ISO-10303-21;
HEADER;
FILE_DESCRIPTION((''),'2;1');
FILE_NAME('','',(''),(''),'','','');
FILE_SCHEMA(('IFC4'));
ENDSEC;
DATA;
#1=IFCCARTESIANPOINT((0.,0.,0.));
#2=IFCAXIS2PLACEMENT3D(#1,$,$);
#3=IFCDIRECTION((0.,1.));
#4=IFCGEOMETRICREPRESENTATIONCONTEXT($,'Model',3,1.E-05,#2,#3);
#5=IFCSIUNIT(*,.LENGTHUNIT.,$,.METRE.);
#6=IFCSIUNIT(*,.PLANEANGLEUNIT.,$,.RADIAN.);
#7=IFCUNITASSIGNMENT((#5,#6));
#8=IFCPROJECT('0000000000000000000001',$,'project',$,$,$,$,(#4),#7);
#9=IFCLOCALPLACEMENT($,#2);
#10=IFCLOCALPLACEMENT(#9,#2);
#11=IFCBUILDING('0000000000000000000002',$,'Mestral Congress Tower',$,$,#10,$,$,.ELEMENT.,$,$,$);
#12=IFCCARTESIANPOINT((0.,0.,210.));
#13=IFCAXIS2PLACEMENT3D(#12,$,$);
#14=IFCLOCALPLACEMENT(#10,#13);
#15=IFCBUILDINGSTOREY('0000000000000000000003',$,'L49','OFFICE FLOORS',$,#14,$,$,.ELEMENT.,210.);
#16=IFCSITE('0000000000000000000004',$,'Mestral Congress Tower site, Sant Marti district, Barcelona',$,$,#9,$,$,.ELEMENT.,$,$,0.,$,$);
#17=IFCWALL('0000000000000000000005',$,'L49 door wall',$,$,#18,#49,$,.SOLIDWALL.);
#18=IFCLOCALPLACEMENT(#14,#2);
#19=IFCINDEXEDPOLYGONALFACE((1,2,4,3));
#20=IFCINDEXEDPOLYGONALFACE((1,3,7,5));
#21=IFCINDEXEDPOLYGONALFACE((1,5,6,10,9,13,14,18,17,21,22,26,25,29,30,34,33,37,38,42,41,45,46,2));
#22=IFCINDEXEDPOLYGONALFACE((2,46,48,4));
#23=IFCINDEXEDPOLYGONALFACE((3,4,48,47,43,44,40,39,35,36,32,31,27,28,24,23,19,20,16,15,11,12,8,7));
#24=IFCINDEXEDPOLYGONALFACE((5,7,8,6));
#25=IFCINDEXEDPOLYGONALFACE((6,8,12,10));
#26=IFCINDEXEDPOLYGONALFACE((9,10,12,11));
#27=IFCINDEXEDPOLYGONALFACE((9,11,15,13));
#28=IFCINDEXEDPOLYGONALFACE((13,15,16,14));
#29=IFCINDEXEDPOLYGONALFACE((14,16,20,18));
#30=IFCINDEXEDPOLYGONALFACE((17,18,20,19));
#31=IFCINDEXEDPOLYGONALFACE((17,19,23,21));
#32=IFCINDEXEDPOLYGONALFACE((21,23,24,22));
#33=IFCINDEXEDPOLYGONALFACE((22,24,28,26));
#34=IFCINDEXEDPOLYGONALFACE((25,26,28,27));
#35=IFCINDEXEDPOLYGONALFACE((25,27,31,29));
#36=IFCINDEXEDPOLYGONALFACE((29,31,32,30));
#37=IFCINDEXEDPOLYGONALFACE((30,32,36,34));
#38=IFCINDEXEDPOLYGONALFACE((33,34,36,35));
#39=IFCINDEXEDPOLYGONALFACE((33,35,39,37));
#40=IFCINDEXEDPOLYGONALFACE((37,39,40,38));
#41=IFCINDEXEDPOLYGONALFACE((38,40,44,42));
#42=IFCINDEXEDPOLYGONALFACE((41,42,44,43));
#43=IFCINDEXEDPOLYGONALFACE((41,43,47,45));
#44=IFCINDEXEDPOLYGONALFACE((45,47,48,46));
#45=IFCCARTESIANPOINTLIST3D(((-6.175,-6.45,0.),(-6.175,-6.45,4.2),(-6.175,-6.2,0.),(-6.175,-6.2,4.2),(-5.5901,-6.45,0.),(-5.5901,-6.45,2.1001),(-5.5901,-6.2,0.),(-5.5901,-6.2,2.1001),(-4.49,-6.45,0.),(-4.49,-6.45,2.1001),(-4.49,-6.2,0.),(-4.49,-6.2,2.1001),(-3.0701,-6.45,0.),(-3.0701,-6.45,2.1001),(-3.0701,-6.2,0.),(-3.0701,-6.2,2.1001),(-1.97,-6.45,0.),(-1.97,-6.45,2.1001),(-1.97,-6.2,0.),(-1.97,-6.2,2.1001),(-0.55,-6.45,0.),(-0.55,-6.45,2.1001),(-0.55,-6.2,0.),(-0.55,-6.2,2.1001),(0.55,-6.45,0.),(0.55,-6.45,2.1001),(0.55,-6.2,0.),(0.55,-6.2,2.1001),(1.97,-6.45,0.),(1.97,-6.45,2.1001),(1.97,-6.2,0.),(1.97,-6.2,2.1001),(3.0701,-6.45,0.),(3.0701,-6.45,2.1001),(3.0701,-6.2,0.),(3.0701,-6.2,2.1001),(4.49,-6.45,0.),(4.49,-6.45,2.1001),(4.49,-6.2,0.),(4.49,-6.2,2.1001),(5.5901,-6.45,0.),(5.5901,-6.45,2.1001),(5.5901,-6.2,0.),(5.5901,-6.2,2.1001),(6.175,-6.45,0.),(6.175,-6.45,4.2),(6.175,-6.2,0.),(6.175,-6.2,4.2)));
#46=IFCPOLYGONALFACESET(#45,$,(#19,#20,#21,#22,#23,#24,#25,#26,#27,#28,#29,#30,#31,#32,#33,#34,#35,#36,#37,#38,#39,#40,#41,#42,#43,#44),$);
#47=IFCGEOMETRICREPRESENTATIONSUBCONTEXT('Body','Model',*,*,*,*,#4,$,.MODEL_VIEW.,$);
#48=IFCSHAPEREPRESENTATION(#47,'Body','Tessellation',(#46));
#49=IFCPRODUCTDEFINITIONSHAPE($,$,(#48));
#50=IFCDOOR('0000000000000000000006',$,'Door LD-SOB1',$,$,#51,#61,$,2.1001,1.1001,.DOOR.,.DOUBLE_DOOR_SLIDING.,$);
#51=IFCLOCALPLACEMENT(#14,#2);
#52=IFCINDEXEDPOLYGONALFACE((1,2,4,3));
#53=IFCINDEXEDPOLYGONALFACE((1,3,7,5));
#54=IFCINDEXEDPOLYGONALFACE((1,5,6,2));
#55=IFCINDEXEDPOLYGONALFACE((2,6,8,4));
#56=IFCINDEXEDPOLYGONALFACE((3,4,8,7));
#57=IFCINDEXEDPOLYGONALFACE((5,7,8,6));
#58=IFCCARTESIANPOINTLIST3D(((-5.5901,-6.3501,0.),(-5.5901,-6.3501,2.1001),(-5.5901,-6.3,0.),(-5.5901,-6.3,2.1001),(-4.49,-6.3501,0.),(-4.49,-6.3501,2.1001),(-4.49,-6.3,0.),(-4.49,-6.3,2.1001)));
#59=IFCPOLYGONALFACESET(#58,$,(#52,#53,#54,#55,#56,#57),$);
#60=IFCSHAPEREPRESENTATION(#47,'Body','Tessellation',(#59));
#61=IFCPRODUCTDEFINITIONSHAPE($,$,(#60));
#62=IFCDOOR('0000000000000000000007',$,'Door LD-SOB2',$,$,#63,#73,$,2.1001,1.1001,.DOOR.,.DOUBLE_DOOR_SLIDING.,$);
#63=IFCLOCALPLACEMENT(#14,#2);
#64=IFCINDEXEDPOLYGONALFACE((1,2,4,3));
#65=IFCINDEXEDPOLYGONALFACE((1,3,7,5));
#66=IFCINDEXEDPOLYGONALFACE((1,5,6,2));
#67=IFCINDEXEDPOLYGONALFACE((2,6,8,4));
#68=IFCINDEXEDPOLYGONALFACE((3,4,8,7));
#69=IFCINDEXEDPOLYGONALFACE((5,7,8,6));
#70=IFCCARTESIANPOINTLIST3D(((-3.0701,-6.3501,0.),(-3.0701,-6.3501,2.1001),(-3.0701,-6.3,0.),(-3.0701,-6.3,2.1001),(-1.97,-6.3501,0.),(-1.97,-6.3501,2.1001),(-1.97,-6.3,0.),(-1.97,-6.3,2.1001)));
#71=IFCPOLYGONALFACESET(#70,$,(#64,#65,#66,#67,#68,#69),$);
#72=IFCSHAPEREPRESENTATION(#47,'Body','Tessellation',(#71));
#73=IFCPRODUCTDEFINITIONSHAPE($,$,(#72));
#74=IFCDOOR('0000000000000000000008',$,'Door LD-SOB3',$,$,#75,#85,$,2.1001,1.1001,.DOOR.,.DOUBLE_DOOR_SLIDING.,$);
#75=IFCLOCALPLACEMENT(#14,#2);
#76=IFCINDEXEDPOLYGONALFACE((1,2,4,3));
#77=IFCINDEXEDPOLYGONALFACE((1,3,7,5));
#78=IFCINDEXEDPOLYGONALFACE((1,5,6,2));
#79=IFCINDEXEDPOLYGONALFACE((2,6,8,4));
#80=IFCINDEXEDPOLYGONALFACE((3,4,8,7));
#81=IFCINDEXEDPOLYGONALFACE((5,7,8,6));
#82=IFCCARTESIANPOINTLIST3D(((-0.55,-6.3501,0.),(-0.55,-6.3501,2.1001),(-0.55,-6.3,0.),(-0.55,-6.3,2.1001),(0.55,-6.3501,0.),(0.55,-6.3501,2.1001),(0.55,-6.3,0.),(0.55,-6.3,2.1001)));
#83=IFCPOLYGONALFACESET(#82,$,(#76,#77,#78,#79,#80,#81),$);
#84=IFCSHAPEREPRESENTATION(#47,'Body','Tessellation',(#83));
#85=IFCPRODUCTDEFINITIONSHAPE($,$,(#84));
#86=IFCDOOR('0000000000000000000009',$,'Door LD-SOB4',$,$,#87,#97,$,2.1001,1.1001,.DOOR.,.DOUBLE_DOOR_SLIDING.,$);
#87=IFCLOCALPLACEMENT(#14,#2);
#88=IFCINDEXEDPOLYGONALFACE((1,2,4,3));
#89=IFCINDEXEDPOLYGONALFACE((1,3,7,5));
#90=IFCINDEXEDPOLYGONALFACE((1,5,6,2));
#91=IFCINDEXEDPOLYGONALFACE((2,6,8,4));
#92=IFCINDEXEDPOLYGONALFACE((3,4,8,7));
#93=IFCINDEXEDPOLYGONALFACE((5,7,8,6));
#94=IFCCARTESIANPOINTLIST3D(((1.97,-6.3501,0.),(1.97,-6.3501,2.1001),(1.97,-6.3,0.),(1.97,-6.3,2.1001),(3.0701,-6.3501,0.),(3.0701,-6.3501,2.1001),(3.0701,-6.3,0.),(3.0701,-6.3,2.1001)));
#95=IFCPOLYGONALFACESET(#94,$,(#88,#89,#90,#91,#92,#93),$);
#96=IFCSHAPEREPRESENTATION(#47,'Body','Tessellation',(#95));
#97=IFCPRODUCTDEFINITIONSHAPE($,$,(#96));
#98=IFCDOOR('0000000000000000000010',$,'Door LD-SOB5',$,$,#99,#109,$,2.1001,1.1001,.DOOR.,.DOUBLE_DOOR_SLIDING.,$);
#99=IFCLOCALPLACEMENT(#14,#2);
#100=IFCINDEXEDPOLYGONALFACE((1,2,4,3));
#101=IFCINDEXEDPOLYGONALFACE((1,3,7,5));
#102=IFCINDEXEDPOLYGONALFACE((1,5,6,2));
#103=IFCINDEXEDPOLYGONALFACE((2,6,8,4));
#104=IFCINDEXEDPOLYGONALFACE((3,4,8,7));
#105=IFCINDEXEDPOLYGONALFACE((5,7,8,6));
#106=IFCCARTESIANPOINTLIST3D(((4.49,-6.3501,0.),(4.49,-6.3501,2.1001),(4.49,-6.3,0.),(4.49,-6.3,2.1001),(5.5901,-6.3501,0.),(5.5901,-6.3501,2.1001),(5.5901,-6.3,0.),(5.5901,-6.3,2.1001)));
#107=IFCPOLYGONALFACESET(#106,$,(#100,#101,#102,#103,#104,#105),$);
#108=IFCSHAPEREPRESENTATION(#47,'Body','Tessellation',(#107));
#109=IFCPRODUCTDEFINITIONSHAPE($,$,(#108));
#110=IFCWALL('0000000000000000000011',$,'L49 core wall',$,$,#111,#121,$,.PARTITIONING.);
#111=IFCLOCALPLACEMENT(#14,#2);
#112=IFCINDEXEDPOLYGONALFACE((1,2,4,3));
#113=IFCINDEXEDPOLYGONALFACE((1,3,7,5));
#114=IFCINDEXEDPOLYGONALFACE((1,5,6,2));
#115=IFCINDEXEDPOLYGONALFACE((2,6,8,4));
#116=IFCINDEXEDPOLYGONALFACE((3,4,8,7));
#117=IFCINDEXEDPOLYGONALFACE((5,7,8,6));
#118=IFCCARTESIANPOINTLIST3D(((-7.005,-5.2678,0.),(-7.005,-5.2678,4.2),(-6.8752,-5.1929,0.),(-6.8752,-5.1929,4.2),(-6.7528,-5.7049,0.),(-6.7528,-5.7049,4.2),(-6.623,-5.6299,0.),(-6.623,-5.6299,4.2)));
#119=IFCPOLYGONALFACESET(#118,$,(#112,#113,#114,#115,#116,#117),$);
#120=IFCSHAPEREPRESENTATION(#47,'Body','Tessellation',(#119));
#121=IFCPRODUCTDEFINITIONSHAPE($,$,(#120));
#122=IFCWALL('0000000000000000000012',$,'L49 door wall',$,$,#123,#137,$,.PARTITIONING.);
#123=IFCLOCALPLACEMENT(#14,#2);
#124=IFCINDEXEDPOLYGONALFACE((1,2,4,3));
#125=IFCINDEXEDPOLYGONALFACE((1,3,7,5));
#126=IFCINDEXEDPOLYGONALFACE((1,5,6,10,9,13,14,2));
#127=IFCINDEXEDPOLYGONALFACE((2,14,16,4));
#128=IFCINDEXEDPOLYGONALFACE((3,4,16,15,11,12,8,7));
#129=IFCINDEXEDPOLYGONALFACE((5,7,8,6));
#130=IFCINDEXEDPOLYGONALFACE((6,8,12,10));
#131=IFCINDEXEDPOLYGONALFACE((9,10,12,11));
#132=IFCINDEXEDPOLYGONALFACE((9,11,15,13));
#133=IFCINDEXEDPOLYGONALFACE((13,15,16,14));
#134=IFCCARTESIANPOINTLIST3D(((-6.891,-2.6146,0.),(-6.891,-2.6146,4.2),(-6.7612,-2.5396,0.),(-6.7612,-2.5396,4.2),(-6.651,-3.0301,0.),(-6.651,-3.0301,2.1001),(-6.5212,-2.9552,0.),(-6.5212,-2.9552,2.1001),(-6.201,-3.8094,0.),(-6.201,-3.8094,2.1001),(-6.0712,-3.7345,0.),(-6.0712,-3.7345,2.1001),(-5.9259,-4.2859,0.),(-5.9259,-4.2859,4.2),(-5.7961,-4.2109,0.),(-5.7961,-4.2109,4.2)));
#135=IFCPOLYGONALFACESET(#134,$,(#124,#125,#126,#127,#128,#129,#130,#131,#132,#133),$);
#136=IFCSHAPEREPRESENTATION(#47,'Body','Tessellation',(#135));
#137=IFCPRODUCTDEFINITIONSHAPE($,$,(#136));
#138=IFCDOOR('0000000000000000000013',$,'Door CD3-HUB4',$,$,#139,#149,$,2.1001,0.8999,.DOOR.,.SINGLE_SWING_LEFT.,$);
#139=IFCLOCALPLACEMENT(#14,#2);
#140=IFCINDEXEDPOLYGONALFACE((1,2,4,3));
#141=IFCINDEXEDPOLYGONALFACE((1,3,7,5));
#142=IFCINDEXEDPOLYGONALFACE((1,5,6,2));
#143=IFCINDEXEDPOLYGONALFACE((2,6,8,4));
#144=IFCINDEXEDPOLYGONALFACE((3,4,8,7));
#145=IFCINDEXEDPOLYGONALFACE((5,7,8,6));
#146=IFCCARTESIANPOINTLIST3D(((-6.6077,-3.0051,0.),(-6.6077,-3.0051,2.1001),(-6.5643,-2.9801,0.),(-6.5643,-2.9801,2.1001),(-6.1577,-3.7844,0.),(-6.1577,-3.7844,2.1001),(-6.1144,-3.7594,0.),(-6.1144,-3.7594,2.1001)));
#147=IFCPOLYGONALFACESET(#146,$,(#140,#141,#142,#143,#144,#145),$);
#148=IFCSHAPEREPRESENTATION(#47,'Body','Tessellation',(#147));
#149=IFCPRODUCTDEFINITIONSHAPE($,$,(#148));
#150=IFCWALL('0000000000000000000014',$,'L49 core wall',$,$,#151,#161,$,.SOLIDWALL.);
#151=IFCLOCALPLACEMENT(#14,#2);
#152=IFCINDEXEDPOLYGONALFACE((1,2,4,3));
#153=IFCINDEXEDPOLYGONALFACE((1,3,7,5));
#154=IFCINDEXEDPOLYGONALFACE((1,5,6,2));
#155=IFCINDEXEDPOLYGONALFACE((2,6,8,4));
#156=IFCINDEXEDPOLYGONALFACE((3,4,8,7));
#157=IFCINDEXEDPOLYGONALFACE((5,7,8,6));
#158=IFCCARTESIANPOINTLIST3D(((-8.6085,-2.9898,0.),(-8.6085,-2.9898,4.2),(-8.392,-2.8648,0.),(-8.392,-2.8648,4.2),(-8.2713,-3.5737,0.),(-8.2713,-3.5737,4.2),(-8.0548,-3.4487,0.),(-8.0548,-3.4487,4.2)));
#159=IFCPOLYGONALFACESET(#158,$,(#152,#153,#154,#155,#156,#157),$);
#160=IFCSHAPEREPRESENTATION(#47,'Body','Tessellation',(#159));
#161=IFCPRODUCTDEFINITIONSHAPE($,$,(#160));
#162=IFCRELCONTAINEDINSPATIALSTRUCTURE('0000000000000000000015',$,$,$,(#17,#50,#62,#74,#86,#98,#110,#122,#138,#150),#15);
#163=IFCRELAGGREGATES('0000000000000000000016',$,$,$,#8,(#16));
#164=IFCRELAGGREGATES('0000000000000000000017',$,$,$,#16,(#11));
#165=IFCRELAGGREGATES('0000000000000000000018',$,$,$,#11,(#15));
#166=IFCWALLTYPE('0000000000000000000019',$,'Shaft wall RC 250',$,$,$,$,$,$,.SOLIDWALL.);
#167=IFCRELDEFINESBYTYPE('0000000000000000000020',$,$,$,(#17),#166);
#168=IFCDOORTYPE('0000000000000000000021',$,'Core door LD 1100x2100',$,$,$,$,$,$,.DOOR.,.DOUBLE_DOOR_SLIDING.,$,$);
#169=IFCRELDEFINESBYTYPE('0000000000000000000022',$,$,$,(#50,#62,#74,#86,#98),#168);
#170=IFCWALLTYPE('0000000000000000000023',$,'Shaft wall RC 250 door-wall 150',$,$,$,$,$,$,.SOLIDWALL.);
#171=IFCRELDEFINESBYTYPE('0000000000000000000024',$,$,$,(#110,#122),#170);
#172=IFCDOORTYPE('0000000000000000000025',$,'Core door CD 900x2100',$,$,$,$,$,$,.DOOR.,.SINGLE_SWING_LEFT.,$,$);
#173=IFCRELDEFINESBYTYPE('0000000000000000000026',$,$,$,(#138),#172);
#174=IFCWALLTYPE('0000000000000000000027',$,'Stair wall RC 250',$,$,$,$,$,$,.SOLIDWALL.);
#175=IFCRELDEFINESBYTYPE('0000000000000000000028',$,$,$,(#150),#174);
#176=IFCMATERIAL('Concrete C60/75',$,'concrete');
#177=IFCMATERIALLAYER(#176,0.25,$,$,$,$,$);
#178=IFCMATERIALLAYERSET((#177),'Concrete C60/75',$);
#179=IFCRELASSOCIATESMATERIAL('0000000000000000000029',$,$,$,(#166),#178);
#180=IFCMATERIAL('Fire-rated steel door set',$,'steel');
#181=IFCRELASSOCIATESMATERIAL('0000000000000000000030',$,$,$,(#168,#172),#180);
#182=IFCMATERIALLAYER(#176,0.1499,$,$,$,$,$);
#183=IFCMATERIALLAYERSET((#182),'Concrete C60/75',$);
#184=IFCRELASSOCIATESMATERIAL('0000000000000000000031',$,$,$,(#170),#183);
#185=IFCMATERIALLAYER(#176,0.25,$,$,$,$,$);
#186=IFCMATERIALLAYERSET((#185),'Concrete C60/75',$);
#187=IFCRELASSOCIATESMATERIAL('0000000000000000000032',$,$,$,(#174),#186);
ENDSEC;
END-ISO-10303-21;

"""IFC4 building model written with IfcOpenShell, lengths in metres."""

from ifc_helpers import new_model, si_unit, direction, frame, frame_2d, origin, place, context, subcontext, project, spatial, rectangle, extrude, material, layer, layer_set, type_object, element, fill, save


model = new_model("IFC4")

# Units and contexts
model_context = context("Model", 3, precision=1e-05, world=origin(), true_north=direction((0.0, 1.0)))
body_context = subcontext(model_context, "Body", "Model", "MODEL_VIEW")
ifc_project = project(units=[si_unit("LENGTHUNIT", "METRE"), si_unit("PLANEANGLEUNIT", "RADIAN")], contexts=[model_context])

# Site, building, storey
site_placement = place(None, origin())
site = spatial("IfcSite", under=ifc_project, at=site_placement, Name="Mestral Congress Tower site, Sant Marti district, Barcelona", CompositionType="ELEMENT", RefElevation=0.0)
building_placement = place(site_placement, origin())
building = spatial("IfcBuilding", under=site, at=building_placement, Name="Mestral Congress Tower", CompositionType="ELEMENT")
storey_placement = place(building_placement, frame((0.0, 0.0, 210.0)))
storey = spatial("IfcBuildingStorey", under=building, at=storey_placement, Name="L49", Description="OFFICE FLOORS", CompositionType="ELEMENT", Elevation=210.0)

# Shared definitions
ifc_material_1 = material(Name="Fire-rated steel door set", Category="steel")

# Shared definitions
ifc_material_2 = material(Name="Concrete C60/75", Category="concrete")
ifc_layer_1 = layer(ifc_material_2, 0.25)
ifc_layer_set_1 = layer_set([ifc_layer_1], Name="Concrete C60/75")
wall_type_1 = type_object("IfcWallType", Name="Shaft wall RC 250", PredefinedType="SOLIDWALL", material=ifc_layer_set_1)

# Wall, openings, doors
wall_1_placement = place(storey_placement, frame((-6.175, -6.325, 0.0), z_axis=(0.0, 0.0, 1.0), x_axis=(1.0, 0.0, 0.0)))
wall_1 = element("IfcWall", 1, at=wall_1_placement, inside=storey, type_object=wall_type_1, Name="L49 door wall", PredefinedType="SOLIDWALL", context=body_context, shape_type="SweptSolid", body=[
    extrude(rectangle(XDim=12.3501, YDim=0.25, at=frame_2d((6.175, 0.0))), origin(), (0.0, 0.0, 1.0), 4.2),
])
opening_1_placement = place(wall_1_placement, frame((0.585, 0.0, 0.0)))
opening_1 = element("IfcOpeningElement", 2, at=opening_1_placement, cuts=wall_1, PredefinedType="OPENING", context=body_context, shape_type="SweptSolid", body=[
    extrude(rectangle(XDim=1.1001, YDim=2.1001, at=frame_2d((0.55, 1.05))), frame((0.0, 0.135, 0.0), z_axis=(0.0, -1.0, 0.0), x_axis=(1.0, 0.0, 0.0)), (0.0, 0.0, 1.0), 0.27),
])
opening_2_placement = place(wall_1_placement, frame((3.105, 0.0, 0.0)))
opening_2 = element("IfcOpeningElement", 3, at=opening_2_placement, cuts=wall_1, PredefinedType="OPENING", context=body_context, shape_type="SweptSolid", body=[
    extrude(rectangle(XDim=1.1001, YDim=2.1001, at=frame_2d((0.55, 1.05))), frame((0.0, 0.135, 0.0), z_axis=(0.0, -1.0, 0.0), x_axis=(1.0, 0.0, 0.0)), (0.0, 0.0, 1.0), 0.27),
])
opening_3_placement = place(wall_1_placement, frame((5.625, 0.0, 0.0)))
opening_3 = element("IfcOpeningElement", 4, at=opening_3_placement, cuts=wall_1, PredefinedType="OPENING", context=body_context, shape_type="SweptSolid", body=[
    extrude(rectangle(XDim=1.1001, YDim=2.1001, at=frame_2d((0.55, 1.05))), frame((0.0, 0.135, 0.0), z_axis=(0.0, -1.0, 0.0), x_axis=(1.0, 0.0, 0.0)), (0.0, 0.0, 1.0), 0.27),
])
opening_4_placement = place(wall_1_placement, frame((8.145, 0.0, 0.0)))
opening_4 = element("IfcOpeningElement", 5, at=opening_4_placement, cuts=wall_1, PredefinedType="OPENING", context=body_context, shape_type="SweptSolid", body=[
    extrude(rectangle(XDim=1.1001, YDim=2.1001, at=frame_2d((0.55, 1.05))), frame((0.0, 0.135, 0.0), z_axis=(0.0, -1.0, 0.0), x_axis=(1.0, 0.0, 0.0)), (0.0, 0.0, 1.0), 0.27),
])
opening_5_placement = place(wall_1_placement, frame((10.665, 0.0, 0.0)))
opening_5 = element("IfcOpeningElement", 6, at=opening_5_placement, cuts=wall_1, PredefinedType="OPENING", context=body_context, shape_type="SweptSolid", body=[
    extrude(rectangle(XDim=1.1001, YDim=2.1001, at=frame_2d((0.55, 1.05))), frame((0.0, 0.135, 0.0), z_axis=(0.0, -1.0, 0.0), x_axis=(1.0, 0.0, 0.0)), (0.0, 0.0, 1.0), 0.27),
])
door_type_1 = type_object("IfcDoorType", Name="Core door LD 1100x2100", OperationType="DOUBLE_DOOR_SLIDING", PredefinedType="DOOR", material=ifc_material_1)
door_1_placement = place(opening_1_placement, origin())
door_1 = element("IfcDoor", 7, at=door_1_placement, inside=storey, type_object=door_type_1, Name="Door LD-SOB1", OperationType="DOUBLE_DOOR_SLIDING", OverallHeight=2.1001, OverallWidth=1.1001, PredefinedType="DOOR", context=body_context, shape_type="SweptSolid", body=[
    extrude(rectangle(XDim=1.1001, YDim=2.1001, at=frame_2d((0.55, 1.05))), frame((0.0, 0.0249, 0.0), z_axis=(0.0, -1.0, 0.0), x_axis=(1.0, 0.0, 0.0)), (0.0, 0.0, 1.0), 0.05),
])
fill(opening_1, door_1)
door_2_placement = place(opening_2_placement, origin())
door_2 = element("IfcDoor", 8, at=door_2_placement, inside=storey, type_object=door_type_1, Name="Door LD-SOB2", OperationType="DOUBLE_DOOR_SLIDING", OverallHeight=2.1001, OverallWidth=1.1001, PredefinedType="DOOR", context=body_context, shape_type="SweptSolid", body=[
    extrude(rectangle(XDim=1.1001, YDim=2.1001, at=frame_2d((0.55, 1.05))), frame((0.0, 0.0249, 0.0), z_axis=(0.0, -1.0, 0.0), x_axis=(1.0, 0.0, 0.0)), (0.0, 0.0, 1.0), 0.05),
])
fill(opening_2, door_2)
door_3_placement = place(opening_3_placement, origin())
door_3 = element("IfcDoor", 9, at=door_3_placement, inside=storey, type_object=door_type_1, Name="Door LD-SOB3", OperationType="DOUBLE_DOOR_SLIDING", OverallHeight=2.1001, OverallWidth=1.1001, PredefinedType="DOOR", context=body_context, shape_type="SweptSolid", body=[
    extrude(rectangle(XDim=1.1001, YDim=2.1001, at=frame_2d((0.55, 1.05))), frame((0.0, 0.0249, 0.0), z_axis=(0.0, -1.0, 0.0), x_axis=(1.0, 0.0, 0.0)), (0.0, 0.0, 1.0), 0.05),
])
fill(opening_3, door_3)
door_4_placement = place(opening_4_placement, origin())
door_4 = element("IfcDoor", 10, at=door_4_placement, inside=storey, type_object=door_type_1, Name="Door LD-SOB4", OperationType="DOUBLE_DOOR_SLIDING", OverallHeight=2.1001, OverallWidth=1.1001, PredefinedType="DOOR", context=body_context, shape_type="SweptSolid", body=[
    extrude(rectangle(XDim=1.1001, YDim=2.1001, at=frame_2d((0.55, 1.05))), frame((0.0, 0.0249, 0.0), z_axis=(0.0, -1.0, 0.0), x_axis=(1.0, 0.0, 0.0)), (0.0, 0.0, 1.0), 0.05),
])
fill(opening_4, door_4)
door_5_placement = place(opening_5_placement, origin())
door_5 = element("IfcDoor", 11, at=door_5_placement, inside=storey, type_object=door_type_1, Name="Door LD-SOB5", OperationType="DOUBLE_DOOR_SLIDING", OverallHeight=2.1001, OverallWidth=1.1001, PredefinedType="DOOR", context=body_context, shape_type="SweptSolid", body=[
    extrude(rectangle(XDim=1.1001, YDim=2.1001, at=frame_2d((0.55, 1.05))), frame((0.0, 0.0249, 0.0), z_axis=(0.0, -1.0, 0.0), x_axis=(1.0, 0.0, 0.0)), (0.0, 0.0, 1.0), 0.05),
])
fill(opening_5, door_5)

# Wall
ifc_layer_2 = layer(ifc_material_2, 0.1499)
ifc_layer_set_2 = layer_set([ifc_layer_2], Name="Concrete C60/75")
wall_type_2 = type_object("IfcWallType", Name="Shaft wall RC 250 door-wall 150", PredefinedType="SOLIDWALL", material=ifc_layer_set_2)
wall_2_placement = place(storey_placement, frame((-6.9402, -5.2302, 0.0), z_axis=(0.0, 0.0, 1.0), x_axis=(0.499834, -0.866121, 0.0)))
element("IfcWall", 12, at=wall_2_placement, inside=storey, type_object=wall_type_2, Name="L49 core wall", PredefinedType="PARTITIONING", context=body_context, shape_type="SweptSolid", body=[
    extrude(rectangle(XDim=0.5046, YDim=0.1499, at=frame_2d((0.2524, 0.0))), origin(), (0.0, 0.0, 1.0), 4.2),
])

# Wall, opening, door
wall_3_placement = place(storey_placement, frame((-5.8611, -4.2483, 0.0), z_axis=(0.0, 0.0, 1.0), x_axis=(-0.500044, 0.866, 0.0)))
wall_3 = element("IfcWall", 13, at=wall_3_placement, inside=storey, type_object=wall_type_2, Name="L49 door wall", PredefinedType="PARTITIONING", context=body_context, shape_type="SweptSolid", body=[
    extrude(rectangle(XDim=1.9299, YDim=0.1499, at=frame_2d((0.9648, 0.0))), origin(), (0.0, 0.0, 1.0), 4.2),
])
opening_6_placement = place(wall_3_placement, frame((0.55, 0.0, 0.0)))
opening_6 = element("IfcOpeningElement", 14, at=opening_6_placement, cuts=wall_3, PredefinedType="OPENING", context=body_context, shape_type="SweptSolid", body=[
    extrude(rectangle(XDim=0.8999, YDim=2.1001, at=frame_2d((0.45, 1.05))), frame((0.0, 0.085, 0.0), z_axis=(0.0, -1.0, 0.0), x_axis=(1.0, 0.0, 0.0)), (0.0, 0.0, 1.0), 0.1699),
])
door_type_2 = type_object("IfcDoorType", Name="Core door CD 900x2100", OperationType="SINGLE_SWING_LEFT", PredefinedType="DOOR", material=ifc_material_1)
door_6_placement = place(opening_6_placement, origin())
door_6 = element("IfcDoor", 15, at=door_6_placement, inside=storey, type_object=door_type_2, Name="Door CD3-HUB4", OperationType="SINGLE_SWING_LEFT", OverallHeight=2.1001, OverallWidth=0.8999, PredefinedType="DOOR", context=body_context, shape_type="SweptSolid", body=[
    extrude(rectangle(XDim=0.8999, YDim=2.1001, at=frame_2d((0.45, 1.05))), frame((0.0, 0.0249, 0.0), z_axis=(0.0, -1.0, 0.0), x_axis=(1.0, 0.0, 0.0)), (0.0, 0.0, 1.0), 0.05),
])
fill(opening_6, door_6)

# Wall
ifc_layer_3 = layer(ifc_material_2, 0.25)
ifc_layer_set_3 = layer_set([ifc_layer_3], Name="Concrete C60/75")
wall_type_3 = type_object("IfcWallType", Name="Stair wall RC 250", PredefinedType="SOLIDWALL", material=ifc_layer_set_3)
wall_4_placement = place(storey_placement, frame((-8.1631, -3.5112, 0.0), z_axis=(0.0, 0.0, 1.0), x_axis=(-0.499994, 0.866029, 0.0)))
element("IfcWall", 16, at=wall_4_placement, inside=storey, type_object=wall_type_3, Name="L49 core wall", PredefinedType="SOLIDWALL", context=body_context, shape_type="SweptSolid", body=[
    extrude(rectangle(XDim=0.6743, YDim=0.25, at=frame_2d((0.3372, 0.0))), origin(), (0.0, 0.0, 1.0), 4.2),
])

save(model, "model.ifc")
